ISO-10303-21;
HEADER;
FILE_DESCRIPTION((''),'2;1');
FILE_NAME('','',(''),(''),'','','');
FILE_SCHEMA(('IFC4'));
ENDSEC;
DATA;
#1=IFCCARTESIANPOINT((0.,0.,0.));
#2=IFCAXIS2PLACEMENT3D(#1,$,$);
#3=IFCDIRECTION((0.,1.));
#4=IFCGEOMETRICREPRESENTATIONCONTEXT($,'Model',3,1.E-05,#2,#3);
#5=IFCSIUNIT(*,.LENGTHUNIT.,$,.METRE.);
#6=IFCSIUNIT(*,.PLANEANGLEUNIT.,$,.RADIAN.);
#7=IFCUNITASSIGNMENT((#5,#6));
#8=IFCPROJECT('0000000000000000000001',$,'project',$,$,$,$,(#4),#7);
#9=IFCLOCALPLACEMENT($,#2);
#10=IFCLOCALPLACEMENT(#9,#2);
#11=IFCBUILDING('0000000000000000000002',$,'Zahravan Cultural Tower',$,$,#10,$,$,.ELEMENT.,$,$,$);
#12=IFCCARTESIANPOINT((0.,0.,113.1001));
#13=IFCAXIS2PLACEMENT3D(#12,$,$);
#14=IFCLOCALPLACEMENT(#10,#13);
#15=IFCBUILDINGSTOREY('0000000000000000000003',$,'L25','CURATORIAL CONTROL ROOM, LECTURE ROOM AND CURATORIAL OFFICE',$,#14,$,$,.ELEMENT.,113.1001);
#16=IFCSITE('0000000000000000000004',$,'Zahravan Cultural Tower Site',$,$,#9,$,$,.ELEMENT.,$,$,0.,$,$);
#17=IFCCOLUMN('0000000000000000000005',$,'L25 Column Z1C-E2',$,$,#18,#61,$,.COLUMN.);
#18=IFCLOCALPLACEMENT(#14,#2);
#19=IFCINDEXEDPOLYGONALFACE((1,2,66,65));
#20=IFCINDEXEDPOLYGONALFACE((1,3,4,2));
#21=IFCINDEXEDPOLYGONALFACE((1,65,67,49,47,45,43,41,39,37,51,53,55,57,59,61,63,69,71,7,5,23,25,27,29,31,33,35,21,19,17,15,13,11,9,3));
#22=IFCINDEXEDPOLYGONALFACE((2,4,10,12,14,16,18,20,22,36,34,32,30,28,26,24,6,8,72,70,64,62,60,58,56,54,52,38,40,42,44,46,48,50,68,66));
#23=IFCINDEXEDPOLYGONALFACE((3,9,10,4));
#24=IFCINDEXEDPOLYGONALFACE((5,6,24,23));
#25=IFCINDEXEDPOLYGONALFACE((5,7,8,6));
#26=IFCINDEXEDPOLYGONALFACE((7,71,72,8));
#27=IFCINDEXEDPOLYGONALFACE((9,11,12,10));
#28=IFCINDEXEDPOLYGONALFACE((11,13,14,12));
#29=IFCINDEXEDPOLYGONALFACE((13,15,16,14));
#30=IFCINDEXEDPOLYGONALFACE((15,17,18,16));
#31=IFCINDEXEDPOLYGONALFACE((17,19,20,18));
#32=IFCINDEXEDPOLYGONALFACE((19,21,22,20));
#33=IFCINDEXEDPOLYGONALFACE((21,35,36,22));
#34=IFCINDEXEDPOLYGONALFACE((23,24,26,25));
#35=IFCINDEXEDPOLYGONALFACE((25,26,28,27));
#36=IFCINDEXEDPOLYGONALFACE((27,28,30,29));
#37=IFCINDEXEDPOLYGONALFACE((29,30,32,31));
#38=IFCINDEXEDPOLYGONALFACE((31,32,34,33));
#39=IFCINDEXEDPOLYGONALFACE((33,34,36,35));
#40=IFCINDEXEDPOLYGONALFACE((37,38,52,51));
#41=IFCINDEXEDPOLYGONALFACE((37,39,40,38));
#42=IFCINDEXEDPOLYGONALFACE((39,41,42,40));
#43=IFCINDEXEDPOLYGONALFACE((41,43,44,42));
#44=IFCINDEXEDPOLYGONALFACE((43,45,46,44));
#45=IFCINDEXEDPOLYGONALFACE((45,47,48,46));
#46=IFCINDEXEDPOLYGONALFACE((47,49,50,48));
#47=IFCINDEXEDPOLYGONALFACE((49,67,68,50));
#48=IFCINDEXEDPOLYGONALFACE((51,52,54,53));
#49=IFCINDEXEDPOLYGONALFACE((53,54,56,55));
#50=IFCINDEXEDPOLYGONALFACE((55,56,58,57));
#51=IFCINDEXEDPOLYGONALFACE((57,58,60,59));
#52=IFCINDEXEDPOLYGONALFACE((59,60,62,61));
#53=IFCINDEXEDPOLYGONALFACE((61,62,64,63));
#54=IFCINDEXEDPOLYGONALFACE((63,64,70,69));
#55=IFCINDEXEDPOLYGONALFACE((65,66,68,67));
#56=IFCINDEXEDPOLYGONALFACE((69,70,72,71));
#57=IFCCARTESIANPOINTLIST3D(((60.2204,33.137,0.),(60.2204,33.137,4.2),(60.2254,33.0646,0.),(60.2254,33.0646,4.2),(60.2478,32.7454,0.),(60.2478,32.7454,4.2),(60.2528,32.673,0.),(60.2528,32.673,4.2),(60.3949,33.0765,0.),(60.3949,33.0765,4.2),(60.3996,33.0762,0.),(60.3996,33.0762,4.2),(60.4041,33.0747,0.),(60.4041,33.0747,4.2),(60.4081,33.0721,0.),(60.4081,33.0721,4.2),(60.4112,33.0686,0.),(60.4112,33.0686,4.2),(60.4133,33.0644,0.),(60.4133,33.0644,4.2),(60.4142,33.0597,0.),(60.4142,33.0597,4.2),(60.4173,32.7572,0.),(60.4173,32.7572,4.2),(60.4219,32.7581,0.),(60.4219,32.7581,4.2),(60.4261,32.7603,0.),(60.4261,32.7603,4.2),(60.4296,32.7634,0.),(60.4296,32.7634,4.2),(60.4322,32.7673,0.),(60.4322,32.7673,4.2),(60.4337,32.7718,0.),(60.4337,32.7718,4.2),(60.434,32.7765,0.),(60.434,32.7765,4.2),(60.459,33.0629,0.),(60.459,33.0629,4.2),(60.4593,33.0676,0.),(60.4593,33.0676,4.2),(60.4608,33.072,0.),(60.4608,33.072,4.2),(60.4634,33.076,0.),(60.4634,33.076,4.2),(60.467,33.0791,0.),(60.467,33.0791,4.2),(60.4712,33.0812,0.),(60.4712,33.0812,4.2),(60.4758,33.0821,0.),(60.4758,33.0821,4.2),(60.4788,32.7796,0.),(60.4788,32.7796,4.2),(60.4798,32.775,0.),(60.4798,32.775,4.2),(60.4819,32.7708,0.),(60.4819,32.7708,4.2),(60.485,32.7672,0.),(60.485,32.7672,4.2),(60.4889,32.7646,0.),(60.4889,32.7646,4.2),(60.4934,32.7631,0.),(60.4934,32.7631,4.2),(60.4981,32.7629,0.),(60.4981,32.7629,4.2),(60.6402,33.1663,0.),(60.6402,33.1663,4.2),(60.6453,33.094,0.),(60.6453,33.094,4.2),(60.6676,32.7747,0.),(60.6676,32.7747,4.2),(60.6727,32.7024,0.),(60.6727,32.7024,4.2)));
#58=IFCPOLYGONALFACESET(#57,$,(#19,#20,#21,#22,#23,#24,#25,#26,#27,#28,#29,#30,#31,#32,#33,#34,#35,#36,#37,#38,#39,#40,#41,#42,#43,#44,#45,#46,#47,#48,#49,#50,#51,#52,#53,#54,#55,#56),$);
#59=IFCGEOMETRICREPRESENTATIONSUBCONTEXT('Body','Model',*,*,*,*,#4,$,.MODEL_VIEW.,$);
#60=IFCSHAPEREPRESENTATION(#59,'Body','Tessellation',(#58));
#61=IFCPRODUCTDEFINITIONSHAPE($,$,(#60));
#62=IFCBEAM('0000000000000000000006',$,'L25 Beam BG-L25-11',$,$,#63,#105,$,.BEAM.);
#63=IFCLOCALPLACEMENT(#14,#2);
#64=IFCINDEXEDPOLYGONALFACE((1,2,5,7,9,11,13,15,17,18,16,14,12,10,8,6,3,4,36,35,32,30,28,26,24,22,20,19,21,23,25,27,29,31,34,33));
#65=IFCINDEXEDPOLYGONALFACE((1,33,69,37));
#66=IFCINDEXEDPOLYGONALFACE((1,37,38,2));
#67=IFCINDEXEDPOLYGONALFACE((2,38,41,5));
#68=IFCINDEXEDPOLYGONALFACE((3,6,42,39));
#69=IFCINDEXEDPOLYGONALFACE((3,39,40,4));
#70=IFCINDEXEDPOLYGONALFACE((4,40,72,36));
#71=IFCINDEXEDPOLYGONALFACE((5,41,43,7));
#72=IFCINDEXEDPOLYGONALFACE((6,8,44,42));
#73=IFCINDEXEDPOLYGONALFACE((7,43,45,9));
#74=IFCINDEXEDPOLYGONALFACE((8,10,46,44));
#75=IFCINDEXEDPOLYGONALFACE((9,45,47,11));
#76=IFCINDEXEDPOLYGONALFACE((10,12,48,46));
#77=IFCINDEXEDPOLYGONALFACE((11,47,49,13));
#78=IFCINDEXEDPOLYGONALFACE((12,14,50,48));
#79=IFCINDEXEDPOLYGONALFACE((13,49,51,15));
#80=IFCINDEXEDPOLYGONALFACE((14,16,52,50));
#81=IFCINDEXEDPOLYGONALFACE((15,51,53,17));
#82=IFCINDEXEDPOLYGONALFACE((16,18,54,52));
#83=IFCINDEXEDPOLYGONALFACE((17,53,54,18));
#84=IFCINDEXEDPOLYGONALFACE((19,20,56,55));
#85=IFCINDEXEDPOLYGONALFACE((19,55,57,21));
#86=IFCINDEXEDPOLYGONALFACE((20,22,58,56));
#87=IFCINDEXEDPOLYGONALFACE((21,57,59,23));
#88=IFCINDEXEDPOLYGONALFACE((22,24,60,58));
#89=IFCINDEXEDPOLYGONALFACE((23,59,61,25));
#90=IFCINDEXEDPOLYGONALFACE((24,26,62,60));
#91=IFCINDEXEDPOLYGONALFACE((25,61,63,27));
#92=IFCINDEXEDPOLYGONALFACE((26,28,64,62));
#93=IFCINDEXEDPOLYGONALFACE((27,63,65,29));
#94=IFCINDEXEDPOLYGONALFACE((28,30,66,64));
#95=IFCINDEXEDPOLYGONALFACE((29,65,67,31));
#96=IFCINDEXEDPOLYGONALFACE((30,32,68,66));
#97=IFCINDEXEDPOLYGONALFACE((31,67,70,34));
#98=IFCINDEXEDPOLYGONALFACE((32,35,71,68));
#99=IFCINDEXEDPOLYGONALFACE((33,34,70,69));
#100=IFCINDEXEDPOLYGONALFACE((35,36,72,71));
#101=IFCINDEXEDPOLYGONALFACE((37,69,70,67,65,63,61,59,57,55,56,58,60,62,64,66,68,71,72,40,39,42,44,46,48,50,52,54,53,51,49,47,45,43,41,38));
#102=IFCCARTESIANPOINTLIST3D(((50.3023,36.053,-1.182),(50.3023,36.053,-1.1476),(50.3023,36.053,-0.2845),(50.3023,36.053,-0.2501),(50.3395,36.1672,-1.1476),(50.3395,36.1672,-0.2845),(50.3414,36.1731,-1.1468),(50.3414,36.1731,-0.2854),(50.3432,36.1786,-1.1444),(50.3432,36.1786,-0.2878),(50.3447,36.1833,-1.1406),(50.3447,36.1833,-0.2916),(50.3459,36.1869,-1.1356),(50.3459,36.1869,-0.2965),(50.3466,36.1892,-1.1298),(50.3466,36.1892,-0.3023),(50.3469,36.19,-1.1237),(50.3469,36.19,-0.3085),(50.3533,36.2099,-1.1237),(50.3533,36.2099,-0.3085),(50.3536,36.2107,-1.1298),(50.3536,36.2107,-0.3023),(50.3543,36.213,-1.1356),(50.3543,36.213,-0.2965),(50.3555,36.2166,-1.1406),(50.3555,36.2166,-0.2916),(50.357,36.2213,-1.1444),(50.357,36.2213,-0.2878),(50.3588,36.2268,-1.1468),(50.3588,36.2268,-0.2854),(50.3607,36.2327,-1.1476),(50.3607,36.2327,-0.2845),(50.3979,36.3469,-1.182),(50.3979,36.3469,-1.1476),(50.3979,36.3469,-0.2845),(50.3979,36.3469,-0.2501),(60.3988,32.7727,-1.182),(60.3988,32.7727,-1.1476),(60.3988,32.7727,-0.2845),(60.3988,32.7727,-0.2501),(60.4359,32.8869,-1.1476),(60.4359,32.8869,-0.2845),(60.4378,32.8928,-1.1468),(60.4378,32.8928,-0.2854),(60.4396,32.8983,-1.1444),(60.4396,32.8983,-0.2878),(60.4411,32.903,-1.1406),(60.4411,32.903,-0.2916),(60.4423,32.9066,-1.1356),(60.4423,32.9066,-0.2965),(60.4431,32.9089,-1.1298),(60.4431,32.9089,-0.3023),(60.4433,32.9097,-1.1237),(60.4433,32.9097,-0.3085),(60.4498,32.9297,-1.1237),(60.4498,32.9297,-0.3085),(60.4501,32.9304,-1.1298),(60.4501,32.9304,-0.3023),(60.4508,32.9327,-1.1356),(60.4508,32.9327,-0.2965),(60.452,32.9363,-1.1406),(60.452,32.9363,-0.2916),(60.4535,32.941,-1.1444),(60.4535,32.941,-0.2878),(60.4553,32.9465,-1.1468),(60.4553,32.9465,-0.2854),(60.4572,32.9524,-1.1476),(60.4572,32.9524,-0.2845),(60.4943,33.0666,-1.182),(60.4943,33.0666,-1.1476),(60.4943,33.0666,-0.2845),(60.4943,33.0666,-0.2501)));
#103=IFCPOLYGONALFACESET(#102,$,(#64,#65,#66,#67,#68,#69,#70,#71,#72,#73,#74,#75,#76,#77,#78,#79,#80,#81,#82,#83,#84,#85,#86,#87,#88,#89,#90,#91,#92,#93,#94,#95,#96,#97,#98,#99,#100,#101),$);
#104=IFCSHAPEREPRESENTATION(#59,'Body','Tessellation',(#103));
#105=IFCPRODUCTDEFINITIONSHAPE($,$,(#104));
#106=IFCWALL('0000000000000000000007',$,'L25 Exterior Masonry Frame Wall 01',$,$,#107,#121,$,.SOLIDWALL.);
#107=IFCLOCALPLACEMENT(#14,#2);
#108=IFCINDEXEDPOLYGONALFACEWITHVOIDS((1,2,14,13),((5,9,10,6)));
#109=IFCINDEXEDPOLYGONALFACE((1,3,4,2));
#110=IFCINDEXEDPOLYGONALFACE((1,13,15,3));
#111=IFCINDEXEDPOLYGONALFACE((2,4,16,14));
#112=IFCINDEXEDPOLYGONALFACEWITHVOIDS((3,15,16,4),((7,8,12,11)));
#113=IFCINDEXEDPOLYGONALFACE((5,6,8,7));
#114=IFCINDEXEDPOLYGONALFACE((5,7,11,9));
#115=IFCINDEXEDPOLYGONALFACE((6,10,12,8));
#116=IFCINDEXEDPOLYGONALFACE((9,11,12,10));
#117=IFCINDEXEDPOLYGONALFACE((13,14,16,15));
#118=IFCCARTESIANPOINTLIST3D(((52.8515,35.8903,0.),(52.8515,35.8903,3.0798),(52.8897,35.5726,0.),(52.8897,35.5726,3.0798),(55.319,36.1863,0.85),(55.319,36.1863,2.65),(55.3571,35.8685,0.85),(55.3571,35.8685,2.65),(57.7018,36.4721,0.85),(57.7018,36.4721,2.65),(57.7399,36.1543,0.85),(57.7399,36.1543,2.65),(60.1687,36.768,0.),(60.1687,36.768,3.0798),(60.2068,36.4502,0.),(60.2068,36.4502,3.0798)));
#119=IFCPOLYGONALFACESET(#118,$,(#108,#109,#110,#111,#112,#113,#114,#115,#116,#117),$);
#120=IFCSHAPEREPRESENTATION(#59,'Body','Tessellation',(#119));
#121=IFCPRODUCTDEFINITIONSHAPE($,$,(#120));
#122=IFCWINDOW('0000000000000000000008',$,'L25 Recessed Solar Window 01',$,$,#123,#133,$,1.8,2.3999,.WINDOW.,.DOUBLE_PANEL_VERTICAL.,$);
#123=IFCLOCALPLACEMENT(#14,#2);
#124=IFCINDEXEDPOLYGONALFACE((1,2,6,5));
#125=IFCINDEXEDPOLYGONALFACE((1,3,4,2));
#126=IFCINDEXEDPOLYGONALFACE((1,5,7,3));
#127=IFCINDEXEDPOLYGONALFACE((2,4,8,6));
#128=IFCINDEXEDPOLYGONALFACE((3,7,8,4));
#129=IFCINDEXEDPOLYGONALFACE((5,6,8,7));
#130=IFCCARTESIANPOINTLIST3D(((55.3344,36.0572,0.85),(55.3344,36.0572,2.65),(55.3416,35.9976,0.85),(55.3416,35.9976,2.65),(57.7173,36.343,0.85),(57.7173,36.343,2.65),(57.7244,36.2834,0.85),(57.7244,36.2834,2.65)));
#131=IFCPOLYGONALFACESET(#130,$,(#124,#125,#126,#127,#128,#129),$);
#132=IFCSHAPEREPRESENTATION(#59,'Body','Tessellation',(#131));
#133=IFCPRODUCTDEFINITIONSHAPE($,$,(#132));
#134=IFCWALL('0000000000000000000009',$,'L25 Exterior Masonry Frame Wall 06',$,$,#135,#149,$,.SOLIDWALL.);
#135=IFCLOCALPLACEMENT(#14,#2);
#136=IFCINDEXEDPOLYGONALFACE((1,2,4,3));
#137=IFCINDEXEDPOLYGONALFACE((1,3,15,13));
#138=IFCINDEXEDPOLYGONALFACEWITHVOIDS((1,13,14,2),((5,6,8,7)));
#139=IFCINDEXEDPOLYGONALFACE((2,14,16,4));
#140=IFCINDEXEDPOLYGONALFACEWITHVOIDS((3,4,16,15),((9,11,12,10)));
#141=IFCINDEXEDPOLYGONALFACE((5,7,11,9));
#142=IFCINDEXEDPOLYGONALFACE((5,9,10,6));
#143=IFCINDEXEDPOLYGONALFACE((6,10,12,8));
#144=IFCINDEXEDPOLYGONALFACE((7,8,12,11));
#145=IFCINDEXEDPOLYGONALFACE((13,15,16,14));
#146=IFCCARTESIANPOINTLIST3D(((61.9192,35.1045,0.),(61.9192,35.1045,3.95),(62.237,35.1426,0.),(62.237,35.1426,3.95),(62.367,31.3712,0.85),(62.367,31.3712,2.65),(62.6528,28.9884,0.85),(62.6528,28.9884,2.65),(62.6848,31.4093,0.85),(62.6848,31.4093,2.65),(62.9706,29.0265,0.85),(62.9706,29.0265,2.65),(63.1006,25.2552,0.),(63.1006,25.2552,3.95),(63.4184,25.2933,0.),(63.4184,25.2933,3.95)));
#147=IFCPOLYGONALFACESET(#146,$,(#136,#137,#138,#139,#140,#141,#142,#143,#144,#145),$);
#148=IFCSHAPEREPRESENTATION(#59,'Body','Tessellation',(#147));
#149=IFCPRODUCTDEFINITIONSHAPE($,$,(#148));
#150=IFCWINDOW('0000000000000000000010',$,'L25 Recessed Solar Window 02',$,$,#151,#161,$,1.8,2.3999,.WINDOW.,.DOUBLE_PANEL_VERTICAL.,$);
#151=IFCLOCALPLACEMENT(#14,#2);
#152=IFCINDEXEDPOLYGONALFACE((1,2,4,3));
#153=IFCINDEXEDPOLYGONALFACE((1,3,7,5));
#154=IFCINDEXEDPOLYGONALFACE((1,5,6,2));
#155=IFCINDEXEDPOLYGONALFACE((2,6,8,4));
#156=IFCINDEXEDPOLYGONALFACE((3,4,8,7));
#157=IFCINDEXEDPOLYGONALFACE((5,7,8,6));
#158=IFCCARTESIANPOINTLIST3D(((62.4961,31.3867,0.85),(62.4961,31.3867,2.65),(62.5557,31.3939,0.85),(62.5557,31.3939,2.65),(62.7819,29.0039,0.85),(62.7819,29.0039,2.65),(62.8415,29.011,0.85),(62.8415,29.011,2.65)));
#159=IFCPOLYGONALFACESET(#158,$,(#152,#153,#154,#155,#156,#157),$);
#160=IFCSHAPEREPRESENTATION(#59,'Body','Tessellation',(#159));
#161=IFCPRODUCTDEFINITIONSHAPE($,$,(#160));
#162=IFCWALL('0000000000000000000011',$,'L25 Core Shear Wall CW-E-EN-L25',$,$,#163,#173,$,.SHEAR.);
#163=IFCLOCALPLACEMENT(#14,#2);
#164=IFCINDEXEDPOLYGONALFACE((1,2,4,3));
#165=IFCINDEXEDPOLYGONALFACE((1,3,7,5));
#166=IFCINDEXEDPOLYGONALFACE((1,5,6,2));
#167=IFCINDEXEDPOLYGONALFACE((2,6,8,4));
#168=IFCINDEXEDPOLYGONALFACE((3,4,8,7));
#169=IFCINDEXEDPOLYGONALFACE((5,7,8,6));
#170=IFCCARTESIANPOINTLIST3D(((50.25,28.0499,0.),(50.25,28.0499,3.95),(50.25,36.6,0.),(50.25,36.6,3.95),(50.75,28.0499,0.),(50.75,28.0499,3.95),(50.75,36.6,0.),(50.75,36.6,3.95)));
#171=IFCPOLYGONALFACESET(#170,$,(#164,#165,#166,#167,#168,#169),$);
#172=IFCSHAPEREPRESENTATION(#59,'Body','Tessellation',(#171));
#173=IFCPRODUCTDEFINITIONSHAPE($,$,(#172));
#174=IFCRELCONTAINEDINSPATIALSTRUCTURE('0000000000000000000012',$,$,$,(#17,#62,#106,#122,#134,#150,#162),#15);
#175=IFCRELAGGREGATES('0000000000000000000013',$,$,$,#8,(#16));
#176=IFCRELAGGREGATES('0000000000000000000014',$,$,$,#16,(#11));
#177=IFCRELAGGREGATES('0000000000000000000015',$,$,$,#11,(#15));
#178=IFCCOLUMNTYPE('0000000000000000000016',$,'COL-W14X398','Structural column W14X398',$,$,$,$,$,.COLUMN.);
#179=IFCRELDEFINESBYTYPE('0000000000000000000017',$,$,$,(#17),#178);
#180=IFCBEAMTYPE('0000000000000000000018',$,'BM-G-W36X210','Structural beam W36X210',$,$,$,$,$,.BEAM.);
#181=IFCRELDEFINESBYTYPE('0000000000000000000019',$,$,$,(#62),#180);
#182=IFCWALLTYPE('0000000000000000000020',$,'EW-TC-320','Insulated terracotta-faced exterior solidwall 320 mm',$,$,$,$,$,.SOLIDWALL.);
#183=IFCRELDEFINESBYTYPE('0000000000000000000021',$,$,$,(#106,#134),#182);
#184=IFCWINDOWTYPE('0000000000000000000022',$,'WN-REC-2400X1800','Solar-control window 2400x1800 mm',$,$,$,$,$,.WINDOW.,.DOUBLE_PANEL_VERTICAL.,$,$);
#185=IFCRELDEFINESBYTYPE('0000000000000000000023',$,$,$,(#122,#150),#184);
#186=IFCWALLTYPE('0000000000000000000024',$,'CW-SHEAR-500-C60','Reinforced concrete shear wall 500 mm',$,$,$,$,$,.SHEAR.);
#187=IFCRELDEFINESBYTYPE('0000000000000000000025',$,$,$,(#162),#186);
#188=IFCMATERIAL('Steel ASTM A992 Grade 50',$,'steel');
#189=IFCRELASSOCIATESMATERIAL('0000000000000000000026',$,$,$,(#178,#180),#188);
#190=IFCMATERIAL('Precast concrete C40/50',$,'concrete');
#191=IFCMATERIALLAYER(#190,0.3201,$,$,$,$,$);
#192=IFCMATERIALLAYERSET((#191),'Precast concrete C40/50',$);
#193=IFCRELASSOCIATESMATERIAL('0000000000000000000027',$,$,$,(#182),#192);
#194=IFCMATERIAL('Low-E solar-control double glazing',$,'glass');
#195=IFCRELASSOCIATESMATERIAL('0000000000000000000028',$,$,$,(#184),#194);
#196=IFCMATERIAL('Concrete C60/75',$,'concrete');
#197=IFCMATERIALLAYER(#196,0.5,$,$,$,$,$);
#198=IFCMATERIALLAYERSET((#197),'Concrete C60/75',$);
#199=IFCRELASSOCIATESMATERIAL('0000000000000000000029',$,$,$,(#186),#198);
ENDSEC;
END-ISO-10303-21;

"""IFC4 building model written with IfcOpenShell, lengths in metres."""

from ifc_helpers import new_model, si_unit, direction, frame, frame_2d, origin, origin_2d, place, context, subcontext, project, spatial, rectangle, i_section, extrude, source, transform, mapped, material, layer, layer_set, material_profile, profile_set, type_object, element, fill, save


model = new_model("IFC4")

# Units and contexts
model_context = context("Model", 3, precision=1e-05, world=origin(), true_north=direction((0.0, 1.0)))
body_context = subcontext(model_context, "Body", "Model", "MODEL_VIEW")
ifc_project = project(units=[si_unit("LENGTHUNIT", "METRE"), si_unit("PLANEANGLEUNIT", "RADIAN")], contexts=[model_context])

# Site, building, storey
site_placement = place(None, origin())
site = spatial("IfcSite", under=ifc_project, at=site_placement, Name="Zahravan Cultural Tower Site", CompositionType="ELEMENT", RefElevation=0.0)
building_placement = place(site_placement, origin())
building = spatial("IfcBuilding", under=site, at=building_placement, Name="Zahravan Cultural Tower", CompositionType="ELEMENT")
storey_placement = place(building_placement, frame((0.0, 0.0, 113.1001)))
storey = spatial("IfcBuildingStorey", under=building, at=storey_placement, Name="L25", Description="CURATORIAL CONTROL ROOM, LECTURE ROOM AND CURATORIAL OFFICE", CompositionType="ELEMENT", Elevation=113.1001)

# Column
ifc_material_1 = material(Name="Steel ASTM A992 Grade 50", Category="steel")
ifc_material_profile_1 = material_profile(ifc_material_1, i_section(OverallWidth=0.4209, OverallDepth=0.4651, WebThickness=0.0449, FlangeThickness=0.0725, FilletRadius=0.0181, at=origin_2d()), Name="W14X398")
ifc_profile_set_1 = profile_set([ifc_material_profile_1], Name="Steel ASTM A992 Grade 50")
column_type = type_object("IfcColumnType", Name="COL-W14X398", Description="Structural column W14X398", PredefinedType="COLUMN", material=ifc_profile_set_1)
shared_shape_1 = source(origin(), body_context, "Body", "SweptSolid", [
    extrude(i_section(OverallWidth=0.4209, OverallDepth=0.4651, WebThickness=0.0449, FlangeThickness=0.0725, FilletRadius=0.0181, at=origin_2d()), origin(), (0.0, 0.0, 1.0), 4.2),
])
column_placement = place(storey_placement, frame((60.4465, 32.9197, 0.0), z_axis=(0.0, 0.0, 1.0), x_axis=(0.997564, 0.069756, 0.0)))
element("IfcColumn", 1, at=column_placement, inside=storey, type_object=column_type, Name="L25 Column Z1C-E2", PredefinedType="COLUMN", context=body_context, shape_type="MappedRepresentation", body=[
    mapped(shared_shape_1, transform((0.0, 0.0, 0.0), x_axis=(1.0, 0.0, 0.0), y_axis=(0.0, 1.0, 0.0), z_axis=(0.0, 0.0, 1.0), scale=1.0)),
])

# Beam
ifc_material_profile_2 = material_profile(ifc_material_1, i_section(OverallWidth=0.3091, OverallDepth=0.9319, WebThickness=0.021, FlangeThickness=0.0344, FilletRadius=0.0239, at=origin_2d()), Name="W36X210")
ifc_profile_set_2 = profile_set([ifc_material_profile_2], Name="Steel ASTM A992 Grade 50")
beam_type = type_object("IfcBeamType", Name="BM-G-W36X210", Description="Structural beam W36X210", PredefinedType="BEAM", material=ifc_profile_set_2)
shared_shape_2 = source(origin(), body_context, "Body", "SweptSolid", [
    extrude(i_section(OverallWidth=0.3091, OverallDepth=0.9319, WebThickness=0.021, FlangeThickness=0.0344, FilletRadius=0.0239, at=origin_2d()), origin(), (0.0, 0.0, 1.0), 10.616),
])
beam_placement = place(storey_placement, frame((50.3501, 36.2, -0.7161), z_axis=(0.951064, -0.308995, 0.0), x_axis=(0.308995, 0.951064, 0.0)))
element("IfcBeam", 2, at=beam_placement, inside=storey, type_object=beam_type, Name="L25 Beam BG-L25-11", PredefinedType="BEAM", context=body_context, shape_type="MappedRepresentation", body=[
    mapped(shared_shape_2, transform((0.0, 0.0, 0.0), x_axis=(1.0, 0.0, 0.0), y_axis=(0.0, 1.0, 0.0), z_axis=(0.0, 0.0, 1.0), scale=1.0)),
])

# Walls, openings, windows
ifc_material_2 = material(Name="Precast concrete C40/50", Category="concrete")
ifc_layer_1 = layer(ifc_material_2, 0.3201)
ifc_layer_set_1 = layer_set([ifc_layer_1], Name="Precast concrete C40/50")
wall_type_1 = type_object("IfcWallType", Name="EW-TC-320", Description="Insulated terracotta-faced exterior solidwall 320 mm", PredefinedType="SOLIDWALL", material=ifc_layer_set_1)
wall_1_placement = place(storey_placement, frame((52.8706, 35.7314, 0.0), z_axis=(0.0, 0.0, 1.0), x_axis=(0.992883, 0.119096, 0.0)))
wall_1 = element("IfcWall", 3, at=wall_1_placement, inside=storey, type_object=wall_type_1, Name="L25 Exterior Masonry Frame Wall 01", PredefinedType="SOLIDWALL", context=body_context, shape_type="SweptSolid", body=[
    extrude(rectangle(XDim=7.3696, YDim=0.3201, at=frame_2d((3.6848, 0.0))), origin(), (0.0, 0.0, 1.0), 3.0798),
])
opening_1_placement = place(wall_1_placement, frame((2.4851, 0.0, 0.8501)))
opening_1 = element("IfcOpeningElement", 4, at=opening_1_placement, cuts=wall_1, PredefinedType="OPENING", context=body_context, shape_type="SweptSolid", body=[
    extrude(rectangle(XDim=2.3999, YDim=1.8, at=frame_2d((1.2, 0.8999))), frame((0.0, 0.1699, 0.0), z_axis=(0.0, -1.0, 0.0), x_axis=(1.0, 0.0, 0.0)), (0.0, 0.0, 1.0), 0.3401),
])
ifc_material_3 = material(Name="Low-E solar-control double glazing", Category="glass")
window_type = type_object("IfcWindowType", Name="WN-REC-2400X1800", Description="Solar-control window 2400x1800 mm", PartitioningType="DOUBLE_PANEL_VERTICAL", PredefinedType="WINDOW", material=ifc_material_3)
shared_shape_3 = source(origin(), body_context, "Body", "SweptSolid", [
    extrude(rectangle(XDim=2.3999, YDim=1.8, at=frame_2d((1.2, 0.8999))), frame((0.0, 0.03, 0.0), z_axis=(0.0, -1.0, 0.0), x_axis=(1.0, 0.0, 0.0)), (0.0, 0.0, 1.0), 0.0601),
])
window_1_placement = place(opening_1_placement, origin())
window_1 = element("IfcWindow", 5, at=window_1_placement, inside=storey, type_object=window_type, Name="L25 Recessed Solar Window 01", OverallHeight=1.8, OverallWidth=2.3999, PartitioningType="DOUBLE_PANEL_VERTICAL", PredefinedType="WINDOW", context=body_context, shape_type="MappedRepresentation", body=[
    mapped(shared_shape_3, transform((0.0, 0.0, 0.0), x_axis=(1.0, 0.0, 0.0), y_axis=(0.0, 1.0, 0.0), z_axis=(0.0, 0.0, 1.0), scale=1.0)),
])
fill(opening_1, window_1)
wall_2_placement = place(storey_placement, frame((62.0781, 35.1235, 0.0), z_axis=(0.0, 0.0, 1.0), x_axis=(0.119093, -0.992883, 0.0)))
wall_2 = element("IfcWall", 6, at=wall_2_placement, inside=storey, type_object=wall_type_1, Name="L25 Exterior Masonry Frame Wall 06", PredefinedType="SOLIDWALL", context=body_context, shape_type="SweptSolid", body=[
    extrude(rectangle(XDim=9.9199, YDim=0.3201, at=frame_2d((4.96, 0.0))), origin(), (0.0, 0.0, 1.0), 3.95),
])
opening_2_placement = place(wall_2_placement, frame((3.76, 0.0, 0.8501)))
opening_2 = element("IfcOpeningElement", 7, at=opening_2_placement, cuts=wall_2, PredefinedType="OPENING", context=body_context, shape_type="SweptSolid", body=[
    extrude(rectangle(XDim=2.3999, YDim=1.8, at=frame_2d((1.2, 0.8999))), frame((0.0, 0.1699, 0.0), z_axis=(0.0, -1.0, 0.0), x_axis=(1.0, 0.0, 0.0)), (0.0, 0.0, 1.0), 0.3401),
])
window_2_placement = place(opening_2_placement, origin())
window_2 = element("IfcWindow", 8, at=window_2_placement, inside=storey, type_object=window_type, Name="L25 Recessed Solar Window 02", OverallHeight=1.8, OverallWidth=2.3999, PartitioningType="DOUBLE_PANEL_VERTICAL", PredefinedType="WINDOW", context=body_context, shape_type="MappedRepresentation", body=[
    mapped(shared_shape_3, transform((0.0, 0.0, 0.0), x_axis=(1.0, 0.0, 0.0), y_axis=(0.0, 1.0, 0.0), z_axis=(0.0, 0.0, 1.0), scale=1.0)),
])
fill(opening_2, window_2)

# Wall
ifc_material_4 = material(Name="Concrete C60/75", Category="concrete")
ifc_layer_2 = layer(ifc_material_4, 0.5)
ifc_layer_set_2 = layer_set([ifc_layer_2], Name="Concrete C60/75")
wall_type_2 = type_object("IfcWallType", Name="CW-SHEAR-500-C60", Description="Reinforced concrete shear wall 500 mm", PredefinedType="SHEAR", material=ifc_layer_set_2)
shared_shape_4 = source(origin(), body_context, "Body", "SweptSolid", [
    extrude(rectangle(XDim=8.55, YDim=0.5, at=frame_2d((4.2749, 0.0))), origin(), (0.0, 0.0, 1.0), 3.95),
])
wall_3_placement = place(storey_placement, frame((50.5, 28.05, 0.0), z_axis=(0.0, 0.0, 1.0), x_axis=(0.0, 1.0, 0.0)))
element("IfcWall", 9, at=wall_3_placement, inside=storey, type_object=wall_type_2, Name="L25 Core Shear Wall CW-E-EN-L25", PredefinedType="SHEAR", context=body_context, shape_type="MappedRepresentation", body=[
    mapped(shared_shape_4, transform((0.0, 0.0, 0.0), x_axis=(1.0, 0.0, 0.0), y_axis=(0.0, 1.0, 0.0), z_axis=(0.0, 0.0, 1.0), scale=1.0)),
])

save(model, "model.ifc")
